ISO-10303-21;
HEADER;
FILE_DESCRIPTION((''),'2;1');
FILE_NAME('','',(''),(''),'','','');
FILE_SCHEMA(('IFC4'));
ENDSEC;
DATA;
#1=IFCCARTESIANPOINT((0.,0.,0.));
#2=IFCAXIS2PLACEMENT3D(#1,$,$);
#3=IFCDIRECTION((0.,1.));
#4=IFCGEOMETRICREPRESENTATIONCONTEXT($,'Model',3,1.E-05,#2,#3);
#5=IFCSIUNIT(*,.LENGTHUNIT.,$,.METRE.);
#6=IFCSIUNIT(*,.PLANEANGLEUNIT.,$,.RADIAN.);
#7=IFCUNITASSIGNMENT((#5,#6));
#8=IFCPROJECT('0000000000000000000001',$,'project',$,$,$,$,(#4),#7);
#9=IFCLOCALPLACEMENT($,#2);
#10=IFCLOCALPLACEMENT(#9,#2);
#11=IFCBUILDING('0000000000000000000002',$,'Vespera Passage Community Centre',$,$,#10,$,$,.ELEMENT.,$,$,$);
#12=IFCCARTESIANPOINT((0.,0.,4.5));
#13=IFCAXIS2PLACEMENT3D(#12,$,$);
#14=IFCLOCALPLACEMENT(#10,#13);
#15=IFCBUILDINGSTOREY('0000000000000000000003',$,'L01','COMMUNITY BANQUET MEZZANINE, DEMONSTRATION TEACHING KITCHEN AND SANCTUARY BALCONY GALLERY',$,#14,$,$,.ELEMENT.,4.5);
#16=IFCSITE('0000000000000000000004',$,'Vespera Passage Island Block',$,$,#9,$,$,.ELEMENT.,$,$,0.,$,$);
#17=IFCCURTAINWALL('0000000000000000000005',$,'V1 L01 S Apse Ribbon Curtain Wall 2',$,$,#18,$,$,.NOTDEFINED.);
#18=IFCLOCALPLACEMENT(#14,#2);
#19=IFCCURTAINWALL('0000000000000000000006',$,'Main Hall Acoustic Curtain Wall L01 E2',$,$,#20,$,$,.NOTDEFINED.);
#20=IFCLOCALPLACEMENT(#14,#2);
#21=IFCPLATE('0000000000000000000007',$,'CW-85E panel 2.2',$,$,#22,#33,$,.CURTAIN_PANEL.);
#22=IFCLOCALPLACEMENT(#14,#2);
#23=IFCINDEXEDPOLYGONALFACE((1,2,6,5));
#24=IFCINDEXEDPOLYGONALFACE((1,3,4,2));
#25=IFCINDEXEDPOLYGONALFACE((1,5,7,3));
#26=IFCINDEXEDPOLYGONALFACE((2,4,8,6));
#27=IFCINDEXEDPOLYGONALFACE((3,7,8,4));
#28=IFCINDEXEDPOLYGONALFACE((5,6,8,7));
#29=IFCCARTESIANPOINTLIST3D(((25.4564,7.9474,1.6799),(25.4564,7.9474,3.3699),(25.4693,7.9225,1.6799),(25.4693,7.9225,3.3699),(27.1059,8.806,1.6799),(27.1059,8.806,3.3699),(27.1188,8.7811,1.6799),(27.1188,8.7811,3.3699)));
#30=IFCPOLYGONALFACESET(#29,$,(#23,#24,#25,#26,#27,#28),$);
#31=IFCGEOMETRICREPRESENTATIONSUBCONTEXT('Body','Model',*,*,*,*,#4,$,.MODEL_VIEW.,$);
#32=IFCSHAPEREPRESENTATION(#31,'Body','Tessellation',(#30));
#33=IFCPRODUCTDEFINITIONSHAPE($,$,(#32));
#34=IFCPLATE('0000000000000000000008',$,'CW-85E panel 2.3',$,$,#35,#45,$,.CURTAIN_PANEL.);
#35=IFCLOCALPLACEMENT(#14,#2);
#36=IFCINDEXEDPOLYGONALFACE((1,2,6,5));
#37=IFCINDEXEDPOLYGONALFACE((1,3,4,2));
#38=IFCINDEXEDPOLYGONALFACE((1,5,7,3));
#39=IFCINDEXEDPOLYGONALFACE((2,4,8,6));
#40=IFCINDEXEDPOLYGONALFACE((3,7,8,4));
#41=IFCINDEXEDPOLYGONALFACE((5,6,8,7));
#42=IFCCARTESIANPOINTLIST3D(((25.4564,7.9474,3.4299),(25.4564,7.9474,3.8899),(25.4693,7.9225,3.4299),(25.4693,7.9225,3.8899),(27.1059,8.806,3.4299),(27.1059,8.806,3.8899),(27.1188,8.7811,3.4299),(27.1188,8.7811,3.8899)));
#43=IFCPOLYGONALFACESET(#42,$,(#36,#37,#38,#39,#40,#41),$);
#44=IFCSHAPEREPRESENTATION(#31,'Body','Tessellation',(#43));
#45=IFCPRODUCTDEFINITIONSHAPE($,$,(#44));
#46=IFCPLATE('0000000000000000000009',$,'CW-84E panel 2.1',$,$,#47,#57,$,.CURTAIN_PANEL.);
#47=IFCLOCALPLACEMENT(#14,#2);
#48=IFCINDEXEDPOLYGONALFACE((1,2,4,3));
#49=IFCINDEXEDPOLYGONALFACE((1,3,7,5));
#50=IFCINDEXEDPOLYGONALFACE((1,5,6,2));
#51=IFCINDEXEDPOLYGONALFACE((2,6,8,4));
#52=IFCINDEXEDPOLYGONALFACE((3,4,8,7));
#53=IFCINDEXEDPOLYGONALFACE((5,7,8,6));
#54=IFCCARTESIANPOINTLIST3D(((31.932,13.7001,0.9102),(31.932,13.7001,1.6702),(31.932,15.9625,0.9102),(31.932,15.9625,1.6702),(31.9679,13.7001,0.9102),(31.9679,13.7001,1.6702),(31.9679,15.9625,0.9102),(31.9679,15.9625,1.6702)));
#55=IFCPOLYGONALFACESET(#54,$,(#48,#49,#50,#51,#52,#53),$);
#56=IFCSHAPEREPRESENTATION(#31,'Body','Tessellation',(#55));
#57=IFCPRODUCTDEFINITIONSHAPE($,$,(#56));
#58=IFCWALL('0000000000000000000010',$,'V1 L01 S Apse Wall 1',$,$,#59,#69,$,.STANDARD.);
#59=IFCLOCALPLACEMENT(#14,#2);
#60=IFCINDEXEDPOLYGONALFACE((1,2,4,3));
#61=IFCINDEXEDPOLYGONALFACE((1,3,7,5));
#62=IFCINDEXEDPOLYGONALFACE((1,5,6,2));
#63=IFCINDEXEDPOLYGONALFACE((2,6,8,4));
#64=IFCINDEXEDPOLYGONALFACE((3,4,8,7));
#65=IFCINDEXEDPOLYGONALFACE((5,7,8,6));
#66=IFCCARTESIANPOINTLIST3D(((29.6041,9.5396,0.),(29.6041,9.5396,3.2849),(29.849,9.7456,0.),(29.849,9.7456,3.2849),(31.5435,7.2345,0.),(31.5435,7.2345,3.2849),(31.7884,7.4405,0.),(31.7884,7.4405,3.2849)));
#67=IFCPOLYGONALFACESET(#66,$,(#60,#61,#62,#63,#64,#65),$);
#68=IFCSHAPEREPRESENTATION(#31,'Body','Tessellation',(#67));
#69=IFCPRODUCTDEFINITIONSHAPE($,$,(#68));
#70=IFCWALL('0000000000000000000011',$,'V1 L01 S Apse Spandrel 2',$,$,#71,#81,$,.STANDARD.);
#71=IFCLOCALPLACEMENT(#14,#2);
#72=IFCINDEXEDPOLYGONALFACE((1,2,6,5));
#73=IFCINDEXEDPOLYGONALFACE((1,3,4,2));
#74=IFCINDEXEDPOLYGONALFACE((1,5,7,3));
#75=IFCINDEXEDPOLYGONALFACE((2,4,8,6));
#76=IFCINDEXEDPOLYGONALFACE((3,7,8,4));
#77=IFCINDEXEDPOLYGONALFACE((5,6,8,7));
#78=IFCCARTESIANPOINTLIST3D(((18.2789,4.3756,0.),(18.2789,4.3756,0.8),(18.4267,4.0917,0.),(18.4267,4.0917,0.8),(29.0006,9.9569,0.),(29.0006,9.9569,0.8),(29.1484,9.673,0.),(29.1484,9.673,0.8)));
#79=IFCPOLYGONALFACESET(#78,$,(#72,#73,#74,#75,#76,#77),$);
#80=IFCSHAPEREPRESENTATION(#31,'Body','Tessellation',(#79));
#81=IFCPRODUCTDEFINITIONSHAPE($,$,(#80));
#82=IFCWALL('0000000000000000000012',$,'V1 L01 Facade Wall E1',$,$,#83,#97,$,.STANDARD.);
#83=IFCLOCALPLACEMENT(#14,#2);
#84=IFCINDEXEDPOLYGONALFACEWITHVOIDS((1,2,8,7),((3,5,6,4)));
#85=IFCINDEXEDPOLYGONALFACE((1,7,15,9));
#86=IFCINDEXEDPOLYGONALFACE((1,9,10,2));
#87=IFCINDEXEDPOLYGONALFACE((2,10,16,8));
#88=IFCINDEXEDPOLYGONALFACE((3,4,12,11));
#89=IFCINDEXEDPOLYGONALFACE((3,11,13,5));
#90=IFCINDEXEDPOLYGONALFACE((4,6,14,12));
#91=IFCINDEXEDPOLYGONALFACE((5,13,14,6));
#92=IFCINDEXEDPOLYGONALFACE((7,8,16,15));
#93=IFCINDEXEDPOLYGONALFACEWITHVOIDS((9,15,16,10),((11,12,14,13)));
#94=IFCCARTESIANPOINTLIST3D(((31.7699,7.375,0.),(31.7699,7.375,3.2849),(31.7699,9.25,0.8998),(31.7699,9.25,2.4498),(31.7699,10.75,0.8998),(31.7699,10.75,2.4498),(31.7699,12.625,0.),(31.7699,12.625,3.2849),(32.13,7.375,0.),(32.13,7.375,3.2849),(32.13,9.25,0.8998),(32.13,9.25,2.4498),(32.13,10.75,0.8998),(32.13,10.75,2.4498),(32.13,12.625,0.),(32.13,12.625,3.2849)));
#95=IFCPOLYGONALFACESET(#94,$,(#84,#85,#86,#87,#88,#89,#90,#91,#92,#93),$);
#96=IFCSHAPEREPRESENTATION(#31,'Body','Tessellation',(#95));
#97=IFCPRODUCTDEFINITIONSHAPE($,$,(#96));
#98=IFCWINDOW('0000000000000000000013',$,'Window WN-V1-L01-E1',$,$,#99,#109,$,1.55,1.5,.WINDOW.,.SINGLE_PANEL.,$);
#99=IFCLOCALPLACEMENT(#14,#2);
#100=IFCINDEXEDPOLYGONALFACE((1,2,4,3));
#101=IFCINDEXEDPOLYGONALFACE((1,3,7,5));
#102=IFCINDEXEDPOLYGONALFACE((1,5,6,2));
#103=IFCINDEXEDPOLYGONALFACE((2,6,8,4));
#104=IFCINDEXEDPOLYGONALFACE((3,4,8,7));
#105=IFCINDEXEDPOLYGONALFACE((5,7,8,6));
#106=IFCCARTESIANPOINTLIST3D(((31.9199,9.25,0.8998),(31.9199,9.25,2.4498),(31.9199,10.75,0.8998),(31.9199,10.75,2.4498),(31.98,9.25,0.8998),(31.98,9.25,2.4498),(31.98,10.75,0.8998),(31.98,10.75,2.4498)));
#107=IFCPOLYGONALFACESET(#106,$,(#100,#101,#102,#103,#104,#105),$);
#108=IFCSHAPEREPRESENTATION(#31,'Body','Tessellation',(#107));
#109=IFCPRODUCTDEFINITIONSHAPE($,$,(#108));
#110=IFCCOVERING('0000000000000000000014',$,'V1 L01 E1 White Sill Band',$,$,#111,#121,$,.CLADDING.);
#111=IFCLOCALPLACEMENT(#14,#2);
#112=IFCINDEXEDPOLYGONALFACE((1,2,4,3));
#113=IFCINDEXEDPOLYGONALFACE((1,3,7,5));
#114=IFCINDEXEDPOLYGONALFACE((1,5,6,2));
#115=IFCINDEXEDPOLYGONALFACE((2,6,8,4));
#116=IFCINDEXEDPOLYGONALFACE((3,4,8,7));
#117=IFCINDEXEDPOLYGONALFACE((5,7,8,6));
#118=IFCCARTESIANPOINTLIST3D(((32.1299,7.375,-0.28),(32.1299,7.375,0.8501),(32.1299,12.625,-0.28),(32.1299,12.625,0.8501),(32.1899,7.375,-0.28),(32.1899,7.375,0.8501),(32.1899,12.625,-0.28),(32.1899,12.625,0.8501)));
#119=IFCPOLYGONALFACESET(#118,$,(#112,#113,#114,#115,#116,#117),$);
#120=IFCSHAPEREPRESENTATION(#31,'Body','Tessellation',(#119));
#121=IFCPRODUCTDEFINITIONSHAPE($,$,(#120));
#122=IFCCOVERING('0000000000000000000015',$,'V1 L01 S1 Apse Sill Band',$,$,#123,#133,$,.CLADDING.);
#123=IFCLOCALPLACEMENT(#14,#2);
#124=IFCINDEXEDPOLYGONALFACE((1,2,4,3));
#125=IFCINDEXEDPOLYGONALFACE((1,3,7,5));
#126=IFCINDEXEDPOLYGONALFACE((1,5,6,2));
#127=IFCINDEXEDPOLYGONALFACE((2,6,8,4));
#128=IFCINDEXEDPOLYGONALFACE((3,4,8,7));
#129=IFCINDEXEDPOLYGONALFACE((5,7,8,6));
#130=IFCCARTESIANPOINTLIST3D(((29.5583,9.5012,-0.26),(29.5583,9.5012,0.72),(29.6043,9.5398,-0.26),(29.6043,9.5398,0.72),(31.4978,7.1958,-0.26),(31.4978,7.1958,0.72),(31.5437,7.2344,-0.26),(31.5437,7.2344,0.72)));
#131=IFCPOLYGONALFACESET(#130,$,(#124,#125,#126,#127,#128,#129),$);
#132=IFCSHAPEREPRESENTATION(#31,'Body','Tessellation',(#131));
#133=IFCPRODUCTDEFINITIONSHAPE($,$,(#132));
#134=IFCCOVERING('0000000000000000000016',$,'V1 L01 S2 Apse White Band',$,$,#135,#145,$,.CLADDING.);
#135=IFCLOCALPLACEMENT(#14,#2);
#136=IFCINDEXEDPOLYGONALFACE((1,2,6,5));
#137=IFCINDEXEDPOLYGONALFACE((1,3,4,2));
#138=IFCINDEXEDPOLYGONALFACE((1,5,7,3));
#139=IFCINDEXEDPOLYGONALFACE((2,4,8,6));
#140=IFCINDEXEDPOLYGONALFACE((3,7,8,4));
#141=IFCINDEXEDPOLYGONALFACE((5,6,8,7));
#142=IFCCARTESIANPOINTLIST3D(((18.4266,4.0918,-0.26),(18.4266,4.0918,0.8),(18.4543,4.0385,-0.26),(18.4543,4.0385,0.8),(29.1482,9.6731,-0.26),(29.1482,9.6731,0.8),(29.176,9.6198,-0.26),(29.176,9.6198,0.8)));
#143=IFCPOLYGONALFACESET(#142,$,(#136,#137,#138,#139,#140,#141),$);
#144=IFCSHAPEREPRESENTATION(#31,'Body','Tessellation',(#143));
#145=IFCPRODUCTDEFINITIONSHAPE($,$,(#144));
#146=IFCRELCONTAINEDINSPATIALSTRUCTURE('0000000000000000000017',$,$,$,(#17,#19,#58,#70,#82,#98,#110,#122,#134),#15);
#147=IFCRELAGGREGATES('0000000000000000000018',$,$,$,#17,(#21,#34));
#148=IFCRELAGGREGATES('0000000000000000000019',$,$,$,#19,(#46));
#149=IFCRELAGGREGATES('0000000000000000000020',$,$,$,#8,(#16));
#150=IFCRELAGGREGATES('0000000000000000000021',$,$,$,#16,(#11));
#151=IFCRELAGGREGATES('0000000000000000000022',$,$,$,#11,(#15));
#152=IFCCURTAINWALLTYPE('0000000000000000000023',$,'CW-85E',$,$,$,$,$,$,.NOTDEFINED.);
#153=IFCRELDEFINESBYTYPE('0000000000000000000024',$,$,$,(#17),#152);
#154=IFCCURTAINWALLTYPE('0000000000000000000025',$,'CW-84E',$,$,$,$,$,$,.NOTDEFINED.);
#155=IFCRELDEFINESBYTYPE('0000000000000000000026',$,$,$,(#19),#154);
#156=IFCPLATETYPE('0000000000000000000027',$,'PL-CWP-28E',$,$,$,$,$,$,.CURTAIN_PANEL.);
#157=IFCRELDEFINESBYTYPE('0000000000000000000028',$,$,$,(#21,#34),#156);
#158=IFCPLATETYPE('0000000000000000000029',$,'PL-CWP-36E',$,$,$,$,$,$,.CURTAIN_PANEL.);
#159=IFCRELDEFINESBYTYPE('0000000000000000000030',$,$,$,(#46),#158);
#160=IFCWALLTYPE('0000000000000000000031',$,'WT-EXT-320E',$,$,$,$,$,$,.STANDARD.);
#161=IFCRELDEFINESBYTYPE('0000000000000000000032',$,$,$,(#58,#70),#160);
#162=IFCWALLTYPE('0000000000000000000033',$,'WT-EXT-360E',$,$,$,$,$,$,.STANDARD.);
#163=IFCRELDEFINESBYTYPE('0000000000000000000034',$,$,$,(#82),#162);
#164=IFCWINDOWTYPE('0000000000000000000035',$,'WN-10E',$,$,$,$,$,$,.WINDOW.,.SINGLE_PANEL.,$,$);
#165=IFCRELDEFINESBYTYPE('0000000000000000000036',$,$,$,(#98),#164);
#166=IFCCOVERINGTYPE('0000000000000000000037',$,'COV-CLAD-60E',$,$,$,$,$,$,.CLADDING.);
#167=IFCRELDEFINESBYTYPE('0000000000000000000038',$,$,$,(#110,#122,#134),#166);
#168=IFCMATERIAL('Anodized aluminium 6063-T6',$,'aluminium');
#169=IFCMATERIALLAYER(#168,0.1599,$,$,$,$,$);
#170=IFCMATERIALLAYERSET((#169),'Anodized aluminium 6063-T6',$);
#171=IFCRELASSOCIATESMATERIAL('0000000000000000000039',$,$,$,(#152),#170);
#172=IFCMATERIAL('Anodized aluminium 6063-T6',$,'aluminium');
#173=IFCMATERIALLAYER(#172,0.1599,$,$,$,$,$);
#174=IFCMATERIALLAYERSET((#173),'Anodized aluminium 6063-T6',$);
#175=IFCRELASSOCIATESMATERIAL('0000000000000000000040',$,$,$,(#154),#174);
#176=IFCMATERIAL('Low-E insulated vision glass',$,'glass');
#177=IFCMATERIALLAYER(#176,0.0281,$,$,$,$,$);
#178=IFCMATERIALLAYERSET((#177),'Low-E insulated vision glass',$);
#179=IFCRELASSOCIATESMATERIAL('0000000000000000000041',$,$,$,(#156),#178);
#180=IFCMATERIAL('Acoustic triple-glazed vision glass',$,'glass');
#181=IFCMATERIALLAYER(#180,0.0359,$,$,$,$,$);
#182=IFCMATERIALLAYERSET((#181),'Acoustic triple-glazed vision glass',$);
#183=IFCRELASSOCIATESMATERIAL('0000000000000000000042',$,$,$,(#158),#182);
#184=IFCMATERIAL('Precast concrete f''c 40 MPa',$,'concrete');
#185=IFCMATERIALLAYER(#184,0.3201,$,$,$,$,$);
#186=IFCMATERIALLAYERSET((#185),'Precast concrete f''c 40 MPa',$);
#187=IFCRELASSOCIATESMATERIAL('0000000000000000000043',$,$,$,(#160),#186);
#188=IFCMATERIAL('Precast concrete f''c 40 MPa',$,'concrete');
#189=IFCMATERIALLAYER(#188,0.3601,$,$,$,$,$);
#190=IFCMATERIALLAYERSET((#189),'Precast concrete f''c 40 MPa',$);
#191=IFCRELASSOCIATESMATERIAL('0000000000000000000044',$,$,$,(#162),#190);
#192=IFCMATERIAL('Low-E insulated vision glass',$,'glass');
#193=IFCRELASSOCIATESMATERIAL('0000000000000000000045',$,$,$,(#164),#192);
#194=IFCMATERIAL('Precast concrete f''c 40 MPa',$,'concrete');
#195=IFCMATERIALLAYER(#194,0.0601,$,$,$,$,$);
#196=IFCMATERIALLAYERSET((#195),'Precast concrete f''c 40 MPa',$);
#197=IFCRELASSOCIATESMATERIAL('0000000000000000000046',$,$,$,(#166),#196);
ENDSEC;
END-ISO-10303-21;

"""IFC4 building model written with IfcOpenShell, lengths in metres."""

from ifc_helpers import new_model, si_unit, direction, frame, frame_2d, origin, origin_2d, place, context, subcontext, project, spatial, rectangle, extrude, material, layer, layer_set, type_object, element, fill, aggregate, save


model = new_model("IFC4")

# Units and contexts
model_context = context("Model", 3, precision=1e-05, world=origin(), true_north=direction((0.0, 1.0)))
body_context = subcontext(model_context, "Body", "Model", "MODEL_VIEW")
ifc_project = project(units=[si_unit("LENGTHUNIT", "METRE"), si_unit("PLANEANGLEUNIT", "RADIAN")], contexts=[model_context])

# Site, building, storey
site_placement = place(None, origin())
site = spatial("IfcSite", under=ifc_project, at=site_placement, Name="Vespera Passage Island Block", CompositionType="ELEMENT", RefElevation=0.0)
building_placement = place(site_placement, origin())
building = spatial("IfcBuilding", under=site, at=building_placement, Name="Vespera Passage Community Centre", CompositionType="ELEMENT")
storey_placement = place(building_placement, frame((0.0, 0.0, 4.5)))
storey = spatial("IfcBuildingStorey", under=building, at=storey_placement, Name="L01", Description="COMMUNITY BANQUET MEZZANINE, DEMONSTRATION TEACHING KITCHEN AND SANCTUARY BALCONY GALLERY", CompositionType="ELEMENT", Elevation=4.5)

# Curtain wall
ifc_material_1 = material(Name="Anodized aluminium 6063-T6", Category="aluminium")
ifc_layer_1 = layer(ifc_material_1, 0.1599)
ifc_layer_set_1 = layer_set([ifc_layer_1], Name="Anodized aluminium 6063-T6")
curtain_wall_type_1 = type_object("IfcCurtainWallType", Name="CW-85E", PredefinedType="NOTDEFINED", material=ifc_layer_set_1)
curtain_wall_1_placement = place(storey_placement, origin())
curtain_wall_1 = element("IfcCurtainWall", 1, at=curtain_wall_1_placement, inside=storey, type_object=curtain_wall_type_1, Name="V1 L01 S Apse Ribbon Curtain Wall 2", PredefinedType="NOTDEFINED")

# Curtain wall
ifc_material_2 = material(Name="Anodized aluminium 6063-T6", Category="aluminium")
ifc_layer_2 = layer(ifc_material_2, 0.1599)
ifc_layer_set_2 = layer_set([ifc_layer_2], Name="Anodized aluminium 6063-T6")
curtain_wall_type_2 = type_object("IfcCurtainWallType", Name="CW-84E", PredefinedType="NOTDEFINED", material=ifc_layer_set_2)
curtain_wall_2_placement = place(storey_placement, origin())
curtain_wall_2 = element("IfcCurtainWall", 2, at=curtain_wall_2_placement, inside=storey, type_object=curtain_wall_type_2, Name="Main Hall Acoustic Curtain Wall L01 E2", PredefinedType="NOTDEFINED")

# Plates
ifc_material_3 = material(Name="Low-E insulated vision glass", Category="glass")
ifc_layer_3 = layer(ifc_material_3, 0.0281)
ifc_layer_set_3 = layer_set([ifc_layer_3], Name="Low-E insulated vision glass")
plate_type_1 = type_object("IfcPlateType", Name="PL-CWP-28E", PredefinedType="CURTAIN_PANEL", material=ifc_layer_set_3)
plate_1_placement = place(storey_placement, frame((26.2876, 8.3643, 1.6799), z_axis=(0.0, 0.0, 1.0), x_axis=(-0.887013, -0.461745, 0.0)))
plate_1 = element("IfcPlate", 3, at=plate_1_placement, type_object=plate_type_1, Name="CW-85E panel 2.2", PredefinedType="CURTAIN_PANEL", context=body_context, shape_type="SweptSolid", body=[
    extrude(rectangle(XDim=1.8596, YDim=0.0281, at=origin_2d()), origin(), (0.0, 0.0, 1.0), 1.6899),
])
plate_2_placement = place(storey_placement, frame((26.2876, 8.3643, 3.4299), z_axis=(0.0, 0.0, 1.0), x_axis=(-0.887013, -0.461745, 0.0)))
plate_2 = element("IfcPlate", 4, at=plate_2_placement, type_object=plate_type_1, Name="CW-85E panel 2.3", PredefinedType="CURTAIN_PANEL", context=body_context, shape_type="SweptSolid", body=[
    extrude(rectangle(XDim=1.8596, YDim=0.0281, at=origin_2d()), origin(), (0.0, 0.0, 1.0), 0.46),
])
aggregate(curtain_wall_1, [plate_1, plate_2])
ifc_material_4 = material(Name="Acoustic triple-glazed vision glass", Category="glass")
ifc_layer_4 = layer(ifc_material_4, 0.0359)
ifc_layer_set_4 = layer_set([ifc_layer_4], Name="Acoustic triple-glazed vision glass")
plate_type_2 = type_object("IfcPlateType", Name="PL-CWP-36E", PredefinedType="CURTAIN_PANEL", material=ifc_layer_set_4)
plate_3_placement = place(storey_placement, frame((31.95, 14.8313, 0.9102), z_axis=(0.0, 0.0, 1.0), x_axis=(0.0, -1.0, 0.0)))
plate_3 = element("IfcPlate", 5, at=plate_3_placement, type_object=plate_type_2, Name="CW-84E panel 2.1", PredefinedType="CURTAIN_PANEL", context=body_context, shape_type="SweptSolid", body=[
    extrude(rectangle(XDim=2.2625, YDim=0.0359, at=origin_2d()), origin(), (0.0, 0.0, 1.0), 0.76),
])
aggregate(curtain_wall_2, [plate_3])

# Walls
ifc_material_5 = material(Name="Precast concrete f'c 40 MPa", Category="concrete")
ifc_layer_5 = layer(ifc_material_5, 0.3201)
ifc_layer_set_5 = layer_set([ifc_layer_5], Name="Precast concrete f'c 40 MPa")
wall_type_1 = type_object("IfcWallType", Name="WT-EXT-320E", PredefinedType="STANDARD", material=ifc_layer_set_5)
wall_1_placement = place(storey_placement, frame((31.666, 7.3374, 0.0), z_axis=(0.0, 0.0, 1.0), x_axis=(-0.643796, 0.765197, 0.0)))
element("IfcWall", 6, at=wall_1_placement, inside=storey, type_object=wall_type_1, Name="V1 L01 S Apse Wall 1", PredefinedType="STANDARD", context=body_context, shape_type="SweptSolid", body=[
    extrude(rectangle(XDim=3.0125, YDim=0.3201, at=frame_2d((1.5063, 0.0))), origin(), (0.0, 0.0, 1.0), 3.2849),
])
wall_2_placement = place(storey_placement, frame((29.0745, 9.8149, 0.0), z_axis=(0.0, 0.0, 1.0), x_axis=(-0.887013, -0.461745, 0.0)))
element("IfcWall", 7, at=wall_2_placement, inside=storey, type_object=wall_type_1, Name="V1 L01 S Apse Spandrel 2", PredefinedType="STANDARD", context=body_context, shape_type="SweptSolid", body=[
    extrude(rectangle(XDim=12.0874, YDim=0.3201, at=frame_2d((6.0437, 0.0))), origin(), (0.0, 0.0, 1.0), 0.8),
])

# Wall, opening, window
ifc_material_6 = material(Name="Precast concrete f'c 40 MPa", Category="concrete")
ifc_layer_6 = layer(ifc_material_6, 0.3601)
ifc_layer_set_6 = layer_set([ifc_layer_6], Name="Precast concrete f'c 40 MPa")
wall_type_2 = type_object("IfcWallType", Name="WT-EXT-360E", PredefinedType="STANDARD", material=ifc_layer_set_6)
wall_3_placement = place(storey_placement, frame((31.95, 12.625, 0.0), z_axis=(0.0, 0.0, 1.0), x_axis=(0.0, -1.0, 0.0)))
wall_3 = element("IfcWall", 8, at=wall_3_placement, inside=storey, type_object=wall_type_2, Name="V1 L01 Facade Wall E1", PredefinedType="STANDARD", context=body_context, shape_type="SweptSolid", body=[
    extrude(rectangle(XDim=5.25, YDim=0.3601, at=frame_2d((2.625, 0.0))), origin(), (0.0, 0.0, 1.0), 3.2849),
])
opening_placement = place(wall_3_placement, frame((1.875, 0.0, 0.8999)))
opening = element("IfcOpeningElement", 9, at=opening_placement, cuts=wall_3, PredefinedType="OPENING", context=body_context, shape_type="SweptSolid", body=[
    extrude(rectangle(XDim=1.5, YDim=1.55, at=frame_2d((0.75, 0.7749))), frame((0.0, 0.1902, 0.0), z_axis=(0.0, -1.0, 0.0), x_axis=(1.0, 0.0, 0.0)), (0.0, 0.0, 1.0), 0.3801),
])
ifc_material_7 = material(Name="Low-E insulated vision glass", Category="glass")
window_type = type_object("IfcWindowType", Name="WN-10E", PartitioningType="SINGLE_PANEL", PredefinedType="WINDOW", material=ifc_material_7)
window_placement = place(opening_placement, origin())
window = element("IfcWindow", 10, at=window_placement, inside=storey, type_object=window_type, Name="Window WN-V1-L01-E1", OverallHeight=1.55, OverallWidth=1.5, PartitioningType="SINGLE_PANEL", PredefinedType="WINDOW", context=body_context, shape_type="SweptSolid", body=[
    extrude(rectangle(XDim=1.5, YDim=1.55, at=frame_2d((0.75, 0.7749))), frame((0.0, 0.03, 0.0), z_axis=(0.0, -1.0, 0.0), x_axis=(1.0, 0.0, 0.0)), (0.0, 0.0, 1.0), 0.0601),
])
fill(opening, window)

# Coverings
ifc_material_8 = material(Name="Precast concrete f'c 40 MPa", Category="concrete")
ifc_layer_7 = layer(ifc_material_8, 0.0601)
ifc_layer_set_7 = layer_set([ifc_layer_7], Name="Precast concrete f'c 40 MPa")
covering_type = type_object("IfcCoveringType", Name="COV-CLAD-60E", PredefinedType="CLADDING", material=ifc_layer_set_7)
covering_1_placement = place(storey_placement, frame((32.1599, 12.625, -0.28), z_axis=(0.0, 0.0, 1.0), x_axis=(0.0, -1.0, 0.0)))
element("IfcCovering", 11, at=covering_1_placement, inside=storey, type_object=covering_type, Name="V1 L01 E1 White Sill Band", PredefinedType="CLADDING", context=body_context, shape_type="SweptSolid", body=[
    extrude(rectangle(XDim=5.25, YDim=0.0601, at=frame_2d((2.625, 0.0))), origin(), (0.0, 0.0, 1.0), 1.1301),
])
covering_2_placement = place(storey_placement, frame((31.5208, 7.2151, -0.26), z_axis=(0.0, 0.0, 1.0), x_axis=(-0.643756, 0.765231, 0.0)))
element("IfcCovering", 12, at=covering_2_placement, inside=storey, type_object=covering_type, Name="V1 L01 S1 Apse Sill Band", PredefinedType="CLADDING", context=body_context, shape_type="SweptSolid", body=[
    extrude(rectangle(XDim=3.0127, YDim=0.0601, at=frame_2d((1.5063, 0.0))), origin(), (0.0, 0.0, 1.0), 0.98),
])
covering_3_placement = place(storey_placement, frame((29.1621, 9.6465, -0.26), z_axis=(0.0, 0.0, 1.0), x_axis=(-0.887013, -0.461745, 0.0)))
element("IfcCovering", 13, at=covering_3_placement, inside=storey, type_object=covering_type, Name="V1 L01 S2 Apse White Band", PredefinedType="CLADDING", context=body_context, shape_type="SweptSolid", body=[
    extrude(rectangle(XDim=12.0874, YDim=0.0601, at=frame_2d((6.0437, 0.0))), origin(), (0.0, 0.0, 1.0), 1.0601),
])

save(model, "model.ifc")
